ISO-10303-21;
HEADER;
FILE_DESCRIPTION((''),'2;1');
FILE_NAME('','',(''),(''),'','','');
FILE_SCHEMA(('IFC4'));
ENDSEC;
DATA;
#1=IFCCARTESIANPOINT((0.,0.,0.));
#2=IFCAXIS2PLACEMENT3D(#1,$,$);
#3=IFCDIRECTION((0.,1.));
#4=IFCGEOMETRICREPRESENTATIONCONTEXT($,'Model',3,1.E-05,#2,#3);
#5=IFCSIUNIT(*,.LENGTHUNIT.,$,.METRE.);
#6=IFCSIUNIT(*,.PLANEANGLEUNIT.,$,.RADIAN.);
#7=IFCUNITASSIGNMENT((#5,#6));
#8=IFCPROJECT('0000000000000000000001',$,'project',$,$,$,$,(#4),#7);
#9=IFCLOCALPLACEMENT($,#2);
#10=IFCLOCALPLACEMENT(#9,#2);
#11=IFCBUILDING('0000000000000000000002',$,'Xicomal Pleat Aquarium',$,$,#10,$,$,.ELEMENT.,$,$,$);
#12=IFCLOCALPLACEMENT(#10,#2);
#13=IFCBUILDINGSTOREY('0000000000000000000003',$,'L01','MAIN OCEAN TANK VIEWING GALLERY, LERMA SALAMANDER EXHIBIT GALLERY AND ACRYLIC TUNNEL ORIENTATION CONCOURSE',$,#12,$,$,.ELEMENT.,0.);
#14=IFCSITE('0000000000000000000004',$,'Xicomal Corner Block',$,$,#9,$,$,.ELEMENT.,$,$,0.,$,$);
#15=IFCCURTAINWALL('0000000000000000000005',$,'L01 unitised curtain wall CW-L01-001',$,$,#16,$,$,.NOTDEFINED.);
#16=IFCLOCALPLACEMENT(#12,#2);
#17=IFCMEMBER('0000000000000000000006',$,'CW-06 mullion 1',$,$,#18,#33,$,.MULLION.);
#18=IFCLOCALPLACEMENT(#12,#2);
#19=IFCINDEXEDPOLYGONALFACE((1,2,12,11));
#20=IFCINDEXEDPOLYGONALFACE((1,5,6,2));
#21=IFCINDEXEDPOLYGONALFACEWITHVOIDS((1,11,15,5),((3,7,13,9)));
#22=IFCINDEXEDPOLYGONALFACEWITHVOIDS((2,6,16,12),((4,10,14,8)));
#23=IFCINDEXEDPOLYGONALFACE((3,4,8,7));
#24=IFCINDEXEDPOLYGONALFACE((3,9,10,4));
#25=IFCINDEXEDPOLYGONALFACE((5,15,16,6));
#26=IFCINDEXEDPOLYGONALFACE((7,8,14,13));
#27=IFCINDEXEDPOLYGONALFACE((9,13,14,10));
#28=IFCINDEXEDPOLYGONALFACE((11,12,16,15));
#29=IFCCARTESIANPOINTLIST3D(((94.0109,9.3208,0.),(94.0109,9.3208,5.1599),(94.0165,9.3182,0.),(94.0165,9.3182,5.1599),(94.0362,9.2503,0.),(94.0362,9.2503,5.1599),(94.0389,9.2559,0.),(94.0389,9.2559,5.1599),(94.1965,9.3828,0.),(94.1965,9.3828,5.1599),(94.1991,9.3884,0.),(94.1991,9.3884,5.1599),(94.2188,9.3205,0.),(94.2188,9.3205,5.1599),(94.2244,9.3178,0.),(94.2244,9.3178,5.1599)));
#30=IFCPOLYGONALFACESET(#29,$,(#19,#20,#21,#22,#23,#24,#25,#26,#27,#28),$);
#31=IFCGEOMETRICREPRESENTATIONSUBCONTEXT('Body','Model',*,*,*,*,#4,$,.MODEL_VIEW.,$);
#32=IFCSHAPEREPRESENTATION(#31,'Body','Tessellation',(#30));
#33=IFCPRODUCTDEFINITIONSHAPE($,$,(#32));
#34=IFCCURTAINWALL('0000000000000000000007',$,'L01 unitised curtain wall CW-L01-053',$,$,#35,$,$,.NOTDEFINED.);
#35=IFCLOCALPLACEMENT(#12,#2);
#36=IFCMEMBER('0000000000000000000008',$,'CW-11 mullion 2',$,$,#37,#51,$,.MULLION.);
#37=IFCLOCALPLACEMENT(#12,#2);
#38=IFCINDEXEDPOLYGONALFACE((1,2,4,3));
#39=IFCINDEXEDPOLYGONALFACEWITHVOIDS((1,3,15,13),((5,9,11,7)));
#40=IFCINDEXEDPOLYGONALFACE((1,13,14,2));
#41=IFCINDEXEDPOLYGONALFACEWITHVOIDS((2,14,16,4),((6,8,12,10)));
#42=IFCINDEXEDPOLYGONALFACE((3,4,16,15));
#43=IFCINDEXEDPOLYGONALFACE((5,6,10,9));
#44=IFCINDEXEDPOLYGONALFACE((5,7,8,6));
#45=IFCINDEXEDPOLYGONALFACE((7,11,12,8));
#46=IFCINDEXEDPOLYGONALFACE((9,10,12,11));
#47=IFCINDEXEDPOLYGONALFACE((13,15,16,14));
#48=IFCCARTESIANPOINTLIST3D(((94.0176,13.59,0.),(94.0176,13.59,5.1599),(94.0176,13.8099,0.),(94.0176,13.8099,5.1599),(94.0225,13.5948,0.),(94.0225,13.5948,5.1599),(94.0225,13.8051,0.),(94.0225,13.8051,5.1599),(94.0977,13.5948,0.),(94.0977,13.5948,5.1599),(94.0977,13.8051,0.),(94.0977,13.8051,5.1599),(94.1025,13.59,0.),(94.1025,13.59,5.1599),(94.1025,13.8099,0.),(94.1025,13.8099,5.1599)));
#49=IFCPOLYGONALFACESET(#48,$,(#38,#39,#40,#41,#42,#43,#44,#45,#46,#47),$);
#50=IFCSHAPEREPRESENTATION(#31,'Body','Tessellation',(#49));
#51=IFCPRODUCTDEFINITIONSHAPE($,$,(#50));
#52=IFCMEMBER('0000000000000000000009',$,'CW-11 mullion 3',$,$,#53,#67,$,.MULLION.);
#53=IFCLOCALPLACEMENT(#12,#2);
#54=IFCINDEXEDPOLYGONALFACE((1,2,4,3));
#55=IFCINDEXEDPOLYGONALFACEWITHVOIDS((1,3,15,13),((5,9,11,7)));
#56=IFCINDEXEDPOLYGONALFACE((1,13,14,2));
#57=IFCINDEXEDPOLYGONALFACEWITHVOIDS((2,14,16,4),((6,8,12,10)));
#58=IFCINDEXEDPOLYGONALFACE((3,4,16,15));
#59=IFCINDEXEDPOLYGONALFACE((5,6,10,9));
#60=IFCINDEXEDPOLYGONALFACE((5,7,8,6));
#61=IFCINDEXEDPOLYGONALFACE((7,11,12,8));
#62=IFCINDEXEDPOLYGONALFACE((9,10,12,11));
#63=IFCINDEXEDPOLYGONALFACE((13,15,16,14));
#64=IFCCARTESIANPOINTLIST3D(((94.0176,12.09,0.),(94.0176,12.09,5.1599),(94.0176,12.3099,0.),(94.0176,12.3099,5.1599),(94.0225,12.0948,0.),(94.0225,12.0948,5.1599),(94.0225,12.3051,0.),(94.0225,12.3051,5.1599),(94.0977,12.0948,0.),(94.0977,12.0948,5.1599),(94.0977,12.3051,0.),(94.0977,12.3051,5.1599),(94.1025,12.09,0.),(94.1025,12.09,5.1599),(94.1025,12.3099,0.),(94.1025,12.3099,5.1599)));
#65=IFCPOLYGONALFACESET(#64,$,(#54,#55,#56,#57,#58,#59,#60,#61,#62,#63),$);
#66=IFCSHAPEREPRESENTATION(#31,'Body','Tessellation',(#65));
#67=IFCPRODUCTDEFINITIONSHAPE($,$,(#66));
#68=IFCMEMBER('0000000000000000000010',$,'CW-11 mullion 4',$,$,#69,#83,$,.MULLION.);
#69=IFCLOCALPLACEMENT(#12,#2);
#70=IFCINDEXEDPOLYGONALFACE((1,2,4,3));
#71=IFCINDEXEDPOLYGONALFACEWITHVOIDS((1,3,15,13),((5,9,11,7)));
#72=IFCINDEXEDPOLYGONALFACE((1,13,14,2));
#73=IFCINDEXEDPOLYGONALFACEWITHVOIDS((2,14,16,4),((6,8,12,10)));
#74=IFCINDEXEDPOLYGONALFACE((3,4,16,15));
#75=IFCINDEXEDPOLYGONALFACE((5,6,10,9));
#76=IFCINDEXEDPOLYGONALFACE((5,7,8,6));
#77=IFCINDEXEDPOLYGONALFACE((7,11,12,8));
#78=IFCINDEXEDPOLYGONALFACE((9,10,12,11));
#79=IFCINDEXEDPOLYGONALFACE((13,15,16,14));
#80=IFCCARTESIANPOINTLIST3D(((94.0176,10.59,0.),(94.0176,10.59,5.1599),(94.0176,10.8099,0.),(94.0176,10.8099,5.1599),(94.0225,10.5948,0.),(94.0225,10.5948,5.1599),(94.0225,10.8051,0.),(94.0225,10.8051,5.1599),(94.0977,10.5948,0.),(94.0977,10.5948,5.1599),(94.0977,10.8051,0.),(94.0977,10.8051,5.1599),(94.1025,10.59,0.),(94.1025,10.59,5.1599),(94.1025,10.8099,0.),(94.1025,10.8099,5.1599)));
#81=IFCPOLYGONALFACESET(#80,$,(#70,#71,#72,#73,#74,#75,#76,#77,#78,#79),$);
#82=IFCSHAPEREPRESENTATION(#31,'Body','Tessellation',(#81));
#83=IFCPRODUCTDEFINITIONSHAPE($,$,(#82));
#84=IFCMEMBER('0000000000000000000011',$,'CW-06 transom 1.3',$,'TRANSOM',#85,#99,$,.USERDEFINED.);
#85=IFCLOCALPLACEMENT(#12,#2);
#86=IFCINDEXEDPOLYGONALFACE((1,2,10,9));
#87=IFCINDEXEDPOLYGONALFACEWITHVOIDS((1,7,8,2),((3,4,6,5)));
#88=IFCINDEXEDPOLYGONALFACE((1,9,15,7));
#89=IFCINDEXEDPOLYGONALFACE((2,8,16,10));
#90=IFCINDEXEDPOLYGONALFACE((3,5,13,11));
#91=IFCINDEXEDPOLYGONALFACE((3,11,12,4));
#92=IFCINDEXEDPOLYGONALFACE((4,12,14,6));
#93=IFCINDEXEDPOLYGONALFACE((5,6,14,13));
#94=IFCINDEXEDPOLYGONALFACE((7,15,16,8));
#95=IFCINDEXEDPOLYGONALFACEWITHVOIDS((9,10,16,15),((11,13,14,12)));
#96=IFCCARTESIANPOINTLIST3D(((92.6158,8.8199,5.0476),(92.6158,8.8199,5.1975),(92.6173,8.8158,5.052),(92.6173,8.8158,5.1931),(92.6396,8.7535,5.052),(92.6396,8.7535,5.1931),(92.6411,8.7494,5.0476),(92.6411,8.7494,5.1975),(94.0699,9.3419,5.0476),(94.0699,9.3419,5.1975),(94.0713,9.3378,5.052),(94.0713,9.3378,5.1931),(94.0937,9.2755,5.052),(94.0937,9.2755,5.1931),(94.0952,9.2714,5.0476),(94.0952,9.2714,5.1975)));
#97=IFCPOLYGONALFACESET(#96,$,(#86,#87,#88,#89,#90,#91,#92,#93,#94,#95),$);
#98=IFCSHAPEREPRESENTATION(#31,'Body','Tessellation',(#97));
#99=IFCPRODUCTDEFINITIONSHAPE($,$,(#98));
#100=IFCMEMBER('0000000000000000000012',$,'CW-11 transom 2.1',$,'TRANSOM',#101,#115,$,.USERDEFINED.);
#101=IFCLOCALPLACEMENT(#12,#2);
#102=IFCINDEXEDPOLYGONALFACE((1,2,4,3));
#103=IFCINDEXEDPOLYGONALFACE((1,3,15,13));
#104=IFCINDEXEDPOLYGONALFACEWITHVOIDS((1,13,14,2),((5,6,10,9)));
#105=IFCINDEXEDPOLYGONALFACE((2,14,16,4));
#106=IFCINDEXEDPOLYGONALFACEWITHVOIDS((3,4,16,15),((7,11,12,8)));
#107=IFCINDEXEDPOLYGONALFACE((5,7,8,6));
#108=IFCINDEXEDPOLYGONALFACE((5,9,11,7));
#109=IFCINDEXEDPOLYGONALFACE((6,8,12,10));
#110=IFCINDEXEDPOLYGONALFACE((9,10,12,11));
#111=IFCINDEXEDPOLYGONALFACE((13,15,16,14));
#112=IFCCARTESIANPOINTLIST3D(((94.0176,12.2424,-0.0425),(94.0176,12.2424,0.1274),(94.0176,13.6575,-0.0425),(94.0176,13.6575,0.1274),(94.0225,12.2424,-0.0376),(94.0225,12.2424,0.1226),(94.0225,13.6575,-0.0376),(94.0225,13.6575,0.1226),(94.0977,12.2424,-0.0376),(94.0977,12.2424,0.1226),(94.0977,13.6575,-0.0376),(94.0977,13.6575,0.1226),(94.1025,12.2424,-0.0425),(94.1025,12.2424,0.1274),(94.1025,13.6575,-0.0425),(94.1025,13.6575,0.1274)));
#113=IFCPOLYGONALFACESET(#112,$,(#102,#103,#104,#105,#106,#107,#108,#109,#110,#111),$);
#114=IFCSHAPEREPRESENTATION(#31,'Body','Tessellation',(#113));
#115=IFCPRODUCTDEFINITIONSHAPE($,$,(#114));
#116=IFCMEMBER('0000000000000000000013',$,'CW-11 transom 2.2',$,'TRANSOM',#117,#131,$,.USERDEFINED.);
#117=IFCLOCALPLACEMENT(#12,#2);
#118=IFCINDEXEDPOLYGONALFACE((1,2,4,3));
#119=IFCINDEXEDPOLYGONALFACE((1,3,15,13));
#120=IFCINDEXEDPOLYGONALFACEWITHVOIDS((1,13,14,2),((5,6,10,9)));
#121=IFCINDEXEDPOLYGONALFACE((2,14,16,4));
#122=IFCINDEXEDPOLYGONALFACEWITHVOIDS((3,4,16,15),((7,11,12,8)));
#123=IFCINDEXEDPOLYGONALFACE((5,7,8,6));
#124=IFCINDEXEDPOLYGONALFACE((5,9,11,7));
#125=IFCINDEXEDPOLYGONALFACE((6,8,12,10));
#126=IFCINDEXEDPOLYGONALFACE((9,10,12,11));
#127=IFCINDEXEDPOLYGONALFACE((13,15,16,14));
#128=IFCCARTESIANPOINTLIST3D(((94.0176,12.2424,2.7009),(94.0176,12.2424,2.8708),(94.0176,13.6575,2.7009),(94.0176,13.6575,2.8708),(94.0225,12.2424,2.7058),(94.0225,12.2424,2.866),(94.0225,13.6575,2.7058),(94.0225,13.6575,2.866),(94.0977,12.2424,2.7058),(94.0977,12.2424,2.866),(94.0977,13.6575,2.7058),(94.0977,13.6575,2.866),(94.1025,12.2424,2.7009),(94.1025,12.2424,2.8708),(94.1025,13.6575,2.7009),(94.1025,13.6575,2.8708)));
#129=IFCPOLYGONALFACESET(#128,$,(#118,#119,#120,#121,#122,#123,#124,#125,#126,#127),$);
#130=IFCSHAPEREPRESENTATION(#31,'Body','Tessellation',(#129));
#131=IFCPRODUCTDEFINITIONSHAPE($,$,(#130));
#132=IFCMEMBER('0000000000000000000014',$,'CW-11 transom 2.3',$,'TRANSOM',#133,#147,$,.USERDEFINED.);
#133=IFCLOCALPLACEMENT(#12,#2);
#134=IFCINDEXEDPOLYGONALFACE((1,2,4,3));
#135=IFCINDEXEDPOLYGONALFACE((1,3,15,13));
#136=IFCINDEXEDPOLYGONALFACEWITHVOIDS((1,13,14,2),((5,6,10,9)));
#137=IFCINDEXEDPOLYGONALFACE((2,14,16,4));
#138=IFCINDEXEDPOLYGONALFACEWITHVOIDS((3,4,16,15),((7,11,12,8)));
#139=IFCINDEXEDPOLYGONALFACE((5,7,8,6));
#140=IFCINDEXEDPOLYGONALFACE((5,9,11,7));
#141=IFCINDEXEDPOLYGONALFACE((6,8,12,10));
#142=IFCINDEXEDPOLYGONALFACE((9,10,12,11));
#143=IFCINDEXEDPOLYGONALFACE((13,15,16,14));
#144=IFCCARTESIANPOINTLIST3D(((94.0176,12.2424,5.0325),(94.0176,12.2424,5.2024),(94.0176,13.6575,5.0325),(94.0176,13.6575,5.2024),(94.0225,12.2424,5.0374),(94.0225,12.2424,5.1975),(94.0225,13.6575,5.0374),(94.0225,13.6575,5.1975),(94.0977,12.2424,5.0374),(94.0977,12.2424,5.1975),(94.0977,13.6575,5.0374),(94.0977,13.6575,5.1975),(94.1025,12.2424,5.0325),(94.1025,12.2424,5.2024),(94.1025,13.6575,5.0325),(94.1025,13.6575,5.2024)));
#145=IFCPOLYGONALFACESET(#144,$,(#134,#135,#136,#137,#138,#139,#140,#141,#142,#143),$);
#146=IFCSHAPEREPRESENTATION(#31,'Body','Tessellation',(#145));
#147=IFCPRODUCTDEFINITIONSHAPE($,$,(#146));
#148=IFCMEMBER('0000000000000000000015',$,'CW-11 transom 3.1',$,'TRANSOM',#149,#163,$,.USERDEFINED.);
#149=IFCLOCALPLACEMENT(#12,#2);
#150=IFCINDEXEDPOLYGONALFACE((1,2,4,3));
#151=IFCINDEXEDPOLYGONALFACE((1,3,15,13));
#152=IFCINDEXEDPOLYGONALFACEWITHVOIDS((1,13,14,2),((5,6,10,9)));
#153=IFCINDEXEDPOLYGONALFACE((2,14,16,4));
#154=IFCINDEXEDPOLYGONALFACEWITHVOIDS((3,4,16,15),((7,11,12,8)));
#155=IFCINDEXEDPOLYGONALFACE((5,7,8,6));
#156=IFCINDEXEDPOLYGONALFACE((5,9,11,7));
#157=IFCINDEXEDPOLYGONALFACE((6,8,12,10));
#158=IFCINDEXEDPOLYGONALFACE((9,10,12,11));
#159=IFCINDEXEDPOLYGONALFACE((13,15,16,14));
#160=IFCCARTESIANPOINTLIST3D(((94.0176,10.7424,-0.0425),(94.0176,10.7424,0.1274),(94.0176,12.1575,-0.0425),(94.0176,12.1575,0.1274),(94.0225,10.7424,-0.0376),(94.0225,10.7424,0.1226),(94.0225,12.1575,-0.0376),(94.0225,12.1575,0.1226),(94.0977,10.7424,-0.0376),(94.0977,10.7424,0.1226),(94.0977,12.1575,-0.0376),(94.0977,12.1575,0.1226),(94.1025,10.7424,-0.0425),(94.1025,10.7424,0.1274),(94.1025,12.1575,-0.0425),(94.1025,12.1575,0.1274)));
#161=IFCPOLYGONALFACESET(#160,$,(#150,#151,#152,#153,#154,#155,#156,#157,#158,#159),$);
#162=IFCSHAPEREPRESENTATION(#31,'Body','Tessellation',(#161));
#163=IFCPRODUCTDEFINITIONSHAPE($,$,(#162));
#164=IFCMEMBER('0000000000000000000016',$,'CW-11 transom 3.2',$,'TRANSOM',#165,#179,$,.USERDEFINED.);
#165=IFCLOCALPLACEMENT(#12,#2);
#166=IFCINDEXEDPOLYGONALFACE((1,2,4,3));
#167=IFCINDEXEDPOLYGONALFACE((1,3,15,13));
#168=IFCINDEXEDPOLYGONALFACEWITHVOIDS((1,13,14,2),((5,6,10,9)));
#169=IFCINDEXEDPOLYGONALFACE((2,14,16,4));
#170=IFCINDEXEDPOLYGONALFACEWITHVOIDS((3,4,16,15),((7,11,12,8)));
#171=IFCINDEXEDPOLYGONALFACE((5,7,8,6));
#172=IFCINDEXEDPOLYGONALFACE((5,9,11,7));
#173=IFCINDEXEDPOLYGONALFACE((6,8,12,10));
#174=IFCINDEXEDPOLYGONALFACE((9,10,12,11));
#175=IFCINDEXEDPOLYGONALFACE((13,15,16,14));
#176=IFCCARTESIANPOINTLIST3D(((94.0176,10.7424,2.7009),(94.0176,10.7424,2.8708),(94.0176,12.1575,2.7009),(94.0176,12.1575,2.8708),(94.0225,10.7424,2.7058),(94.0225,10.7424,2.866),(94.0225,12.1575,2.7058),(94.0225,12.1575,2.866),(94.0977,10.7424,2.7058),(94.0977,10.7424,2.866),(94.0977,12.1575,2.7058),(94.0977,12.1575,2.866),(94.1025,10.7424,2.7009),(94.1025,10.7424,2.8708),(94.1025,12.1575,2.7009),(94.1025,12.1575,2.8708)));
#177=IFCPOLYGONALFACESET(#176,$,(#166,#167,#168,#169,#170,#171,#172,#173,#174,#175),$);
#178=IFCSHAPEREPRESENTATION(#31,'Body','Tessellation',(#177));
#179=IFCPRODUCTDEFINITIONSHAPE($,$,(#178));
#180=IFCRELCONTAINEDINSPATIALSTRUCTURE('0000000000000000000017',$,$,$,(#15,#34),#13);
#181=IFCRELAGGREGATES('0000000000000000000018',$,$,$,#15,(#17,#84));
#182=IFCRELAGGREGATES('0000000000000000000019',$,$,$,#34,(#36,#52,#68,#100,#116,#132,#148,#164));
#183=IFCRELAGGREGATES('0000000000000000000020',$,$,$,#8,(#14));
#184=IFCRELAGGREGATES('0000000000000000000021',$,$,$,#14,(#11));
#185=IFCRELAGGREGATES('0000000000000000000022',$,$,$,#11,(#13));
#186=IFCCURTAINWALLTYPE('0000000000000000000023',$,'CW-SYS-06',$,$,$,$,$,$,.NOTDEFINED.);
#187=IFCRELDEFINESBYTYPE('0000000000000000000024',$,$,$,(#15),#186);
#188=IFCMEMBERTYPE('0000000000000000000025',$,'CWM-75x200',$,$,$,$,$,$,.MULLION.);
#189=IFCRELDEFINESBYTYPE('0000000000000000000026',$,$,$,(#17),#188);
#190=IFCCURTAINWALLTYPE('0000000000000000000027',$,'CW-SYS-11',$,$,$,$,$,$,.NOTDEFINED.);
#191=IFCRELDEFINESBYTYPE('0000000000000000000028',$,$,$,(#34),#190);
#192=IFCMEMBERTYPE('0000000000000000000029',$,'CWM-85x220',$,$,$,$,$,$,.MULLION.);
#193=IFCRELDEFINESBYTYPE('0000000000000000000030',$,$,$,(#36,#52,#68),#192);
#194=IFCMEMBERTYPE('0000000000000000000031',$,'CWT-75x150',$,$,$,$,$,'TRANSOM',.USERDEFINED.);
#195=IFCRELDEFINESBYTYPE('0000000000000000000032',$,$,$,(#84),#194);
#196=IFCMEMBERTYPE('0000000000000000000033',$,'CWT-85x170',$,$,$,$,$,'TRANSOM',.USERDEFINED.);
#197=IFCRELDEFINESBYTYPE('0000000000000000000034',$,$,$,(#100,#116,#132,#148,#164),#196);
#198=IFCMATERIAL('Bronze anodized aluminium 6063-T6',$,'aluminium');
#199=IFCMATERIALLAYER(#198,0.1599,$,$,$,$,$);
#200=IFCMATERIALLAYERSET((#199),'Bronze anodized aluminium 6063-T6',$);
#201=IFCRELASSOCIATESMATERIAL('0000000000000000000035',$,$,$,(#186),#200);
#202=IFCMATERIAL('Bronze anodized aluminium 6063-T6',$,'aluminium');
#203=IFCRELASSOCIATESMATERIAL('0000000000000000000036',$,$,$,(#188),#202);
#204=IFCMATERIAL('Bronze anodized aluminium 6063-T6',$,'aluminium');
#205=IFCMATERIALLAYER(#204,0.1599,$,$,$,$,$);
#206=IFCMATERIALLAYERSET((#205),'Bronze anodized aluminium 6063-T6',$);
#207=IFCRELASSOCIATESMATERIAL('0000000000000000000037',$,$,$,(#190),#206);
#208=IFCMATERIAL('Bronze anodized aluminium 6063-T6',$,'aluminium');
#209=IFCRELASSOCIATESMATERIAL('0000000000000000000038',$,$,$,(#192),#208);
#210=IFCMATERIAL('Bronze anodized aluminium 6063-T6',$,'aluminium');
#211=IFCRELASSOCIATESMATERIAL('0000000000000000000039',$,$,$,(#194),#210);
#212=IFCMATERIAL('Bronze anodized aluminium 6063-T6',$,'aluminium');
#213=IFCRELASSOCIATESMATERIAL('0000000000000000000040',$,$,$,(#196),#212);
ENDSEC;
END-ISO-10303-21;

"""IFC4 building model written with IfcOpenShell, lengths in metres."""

from ifc_helpers import new_model, si_unit, direction, frame, origin, origin_2d, place, context, subcontext, project, spatial, hollow_rectangle, extrude, material, layer, layer_set, material_profile, profile_set, type_object, element, aggregate, save


model = new_model("IFC4")

# Units and contexts
model_context = context("Model", 3, precision=1e-05, world=origin(), true_north=direction((0.0, 1.0)))
body_context = subcontext(model_context, "Body", "Model", "MODEL_VIEW")
ifc_project = project(units=[si_unit("LENGTHUNIT", "METRE"), si_unit("PLANEANGLEUNIT", "RADIAN")], contexts=[model_context])

# Site, building, storey
site_placement = place(None, origin())
site = spatial("IfcSite", under=ifc_project, at=site_placement, Name="Xicomal Corner Block", CompositionType="ELEMENT", RefElevation=0.0)
building_placement = place(site_placement, origin())
building = spatial("IfcBuilding", under=site, at=building_placement, Name="Xicomal Pleat Aquarium", CompositionType="ELEMENT")
storey_placement = place(building_placement, origin())
storey = spatial("IfcBuildingStorey", under=building, at=storey_placement, Name="L01", Description="MAIN OCEAN TANK VIEWING GALLERY, LERMA SALAMANDER EXHIBIT GALLERY AND ACRYLIC TUNNEL ORIENTATION CONCOURSE", CompositionType="ELEMENT", Elevation=0.0)

# Curtain wall, member
ifc_material_1 = material(Name="Bronze anodized aluminium 6063-T6", Category="aluminium")
ifc_layer_1 = layer(ifc_material_1, 0.1599)
ifc_layer_set_1 = layer_set([ifc_layer_1], Name="Bronze anodized aluminium 6063-T6")
curtain_wall_type_1 = type_object("IfcCurtainWallType", Name="CW-SYS-06", PredefinedType="NOTDEFINED", material=ifc_layer_set_1)
curtain_wall_1_placement = place(storey_placement, origin())
curtain_wall_1 = element("IfcCurtainWall", 1, at=curtain_wall_1_placement, inside=storey, type_object=curtain_wall_type_1, Name="L01 unitised curtain wall CW-L01-001", PredefinedType="NOTDEFINED")
ifc_material_2 = material(Name="Bronze anodized aluminium 6063-T6", Category="aluminium")
ifc_material_profile_1 = material_profile(ifc_material_2, hollow_rectangle(XDim=0.075, YDim=0.2, WallThickness=0.0044, at=origin_2d()), Name="ALU MULL 75x200")
ifc_profile_set_1 = profile_set([ifc_material_profile_1], Name="Bronze anodized aluminium 6063-T6")
member_type_1 = type_object("IfcMemberType", Name="CWM-75x200", PredefinedType="MULLION", material=ifc_profile_set_1)
member_1_placement = place(storey_placement, frame((94.1177, 9.3193, 0.0), z_axis=(0.0, 0.0, 1.0), x_axis=(0.337865, -0.941195, 0.0)))
member_1 = element("IfcMember", 2, at=member_1_placement, type_object=member_type_1, Name="CW-06 mullion 1", PredefinedType="MULLION", context=body_context, shape_type="SweptSolid", body=[
    extrude(hollow_rectangle(XDim=0.075, YDim=0.2, WallThickness=0.0044, at=origin_2d()), origin(), (0.0, 0.0, 1.0), 5.1599),
])

# Curtain wall, members
ifc_material_3 = material(Name="Bronze anodized aluminium 6063-T6", Category="aluminium")
ifc_layer_2 = layer(ifc_material_3, 0.1599)
ifc_layer_set_2 = layer_set([ifc_layer_2], Name="Bronze anodized aluminium 6063-T6")
curtain_wall_type_2 = type_object("IfcCurtainWallType", Name="CW-SYS-11", PredefinedType="NOTDEFINED", material=ifc_layer_set_2)
curtain_wall_2_placement = place(storey_placement, origin())
curtain_wall_2 = element("IfcCurtainWall", 3, at=curtain_wall_2_placement, inside=storey, type_object=curtain_wall_type_2, Name="L01 unitised curtain wall CW-L01-053", PredefinedType="NOTDEFINED")
ifc_material_4 = material(Name="Bronze anodized aluminium 6063-T6", Category="aluminium")
ifc_material_profile_2 = material_profile(ifc_material_4, hollow_rectangle(XDim=0.085, YDim=0.22, WallThickness=0.0049, at=origin_2d()), Name="ALU MULL 85x220")
ifc_profile_set_2 = profile_set([ifc_material_profile_2], Name="Bronze anodized aluminium 6063-T6")
member_type_2 = type_object("IfcMemberType", Name="CWM-85x220", PredefinedType="MULLION", material=ifc_profile_set_2)
member_2_placement = place(storey_placement, frame((94.0601, 13.7, 0.0), z_axis=(0.0, 0.0, 1.0), x_axis=(1.0, 0.0, 0.0)))
member_2 = element("IfcMember", 4, at=member_2_placement, type_object=member_type_2, Name="CW-11 mullion 2", PredefinedType="MULLION", context=body_context, shape_type="SweptSolid", body=[
    extrude(hollow_rectangle(XDim=0.085, YDim=0.22, WallThickness=0.0049, at=origin_2d()), origin(), (0.0, 0.0, 1.0), 5.1599),
])
member_3_placement = place(storey_placement, frame((94.0601, 12.2, 0.0), z_axis=(0.0, 0.0, 1.0), x_axis=(1.0, 0.0, 0.0)))
member_3 = element("IfcMember", 5, at=member_3_placement, type_object=member_type_2, Name="CW-11 mullion 3", PredefinedType="MULLION", context=body_context, shape_type="SweptSolid", body=[
    extrude(hollow_rectangle(XDim=0.085, YDim=0.22, WallThickness=0.0049, at=origin_2d()), origin(), (0.0, 0.0, 1.0), 5.1599),
])
member_4_placement = place(storey_placement, frame((94.0601, 10.7, 0.0), z_axis=(0.0, 0.0, 1.0), x_axis=(1.0, 0.0, 0.0)))
member_4 = element("IfcMember", 6, at=member_4_placement, type_object=member_type_2, Name="CW-11 mullion 4", PredefinedType="MULLION", context=body_context, shape_type="SweptSolid", body=[
    extrude(hollow_rectangle(XDim=0.085, YDim=0.22, WallThickness=0.0049, at=origin_2d()), origin(), (0.0, 0.0, 1.0), 5.1599),
])

# Members
ifc_material_5 = material(Name="Bronze anodized aluminium 6063-T6", Category="aluminium")
ifc_material_profile_3 = material_profile(ifc_material_5, hollow_rectangle(XDim=0.075, YDim=0.1499, WallThickness=0.0044, at=origin_2d()), Name="ALU TRAN 75x150")
ifc_profile_set_3 = profile_set([ifc_material_profile_3], Name="Bronze anodized aluminium 6063-T6")
member_type_3 = type_object("IfcMemberType", Name="CWT-75x150", ElementType="TRANSOM", PredefinedType="USERDEFINED", material=ifc_profile_set_3)
member_5_placement = place(storey_placement, frame((94.0825, 9.3066, 5.1226), z_axis=(-0.941197, -0.337858, 0.0), x_axis=(0.337858, -0.941197, 0.0)))
member_5 = element("IfcMember", 7, at=member_5_placement, type_object=member_type_3, Name="CW-06 transom 1.3", ObjectType="TRANSOM", PredefinedType="USERDEFINED", context=body_context, shape_type="SweptSolid", body=[
    extrude(hollow_rectangle(XDim=0.075, YDim=0.1499, WallThickness=0.0044, at=origin_2d()), origin(), (0.0, 0.0, 1.0), 1.5449),
])
aggregate(curtain_wall_1, [member_1, member_5])
ifc_material_6 = material(Name="Bronze anodized aluminium 6063-T6", Category="aluminium")
ifc_material_profile_4 = material_profile(ifc_material_6, hollow_rectangle(XDim=0.085, YDim=0.1699, WallThickness=0.0049, at=origin_2d()), Name="ALU TRAN 85x170")
ifc_profile_set_4 = profile_set([ifc_material_profile_4], Name="Bronze anodized aluminium 6063-T6")
member_type_4 = type_object("IfcMemberType", Name="CWT-85x170", ElementType="TRANSOM", PredefinedType="USERDEFINED", material=ifc_profile_set_4)
member_6_placement = place(storey_placement, frame((94.0601, 13.6575, 0.0425), z_axis=(0.0, -1.0, 0.0), x_axis=(1.0, 0.0, 0.0)))
member_6 = element("IfcMember", 8, at=member_6_placement, type_object=member_type_4, Name="CW-11 transom 2.1", ObjectType="TRANSOM", PredefinedType="USERDEFINED", context=body_context, shape_type="SweptSolid", body=[
    extrude(hollow_rectangle(XDim=0.085, YDim=0.1699, WallThickness=0.0049, at=origin_2d()), origin(), (0.0, 0.0, 1.0), 1.415),
])
member_7_placement = place(storey_placement, frame((94.0601, 13.6575, 2.7859), z_axis=(0.0, -1.0, 0.0), x_axis=(1.0, 0.0, 0.0)))
member_7 = element("IfcMember", 9, at=member_7_placement, type_object=member_type_4, Name="CW-11 transom 2.2", ObjectType="TRANSOM", PredefinedType="USERDEFINED", context=body_context, shape_type="SweptSolid", body=[
    extrude(hollow_rectangle(XDim=0.085, YDim=0.1699, WallThickness=0.0049, at=origin_2d()), origin(), (0.0, 0.0, 1.0), 1.415),
])
member_8_placement = place(storey_placement, frame((94.0601, 13.6575, 5.1174), z_axis=(0.0, -1.0, 0.0), x_axis=(1.0, 0.0, 0.0)))
member_8 = element("IfcMember", 10, at=member_8_placement, type_object=member_type_4, Name="CW-11 transom 2.3", ObjectType="TRANSOM", PredefinedType="USERDEFINED", context=body_context, shape_type="SweptSolid", body=[
    extrude(hollow_rectangle(XDim=0.085, YDim=0.1699, WallThickness=0.0049, at=origin_2d()), origin(), (0.0, 0.0, 1.0), 1.415),
])
member_9_placement = place(storey_placement, frame((94.0601, 12.1575, 0.0425), z_axis=(0.0, -1.0, 0.0), x_axis=(1.0, 0.0, 0.0)))
member_9 = element("IfcMember", 11, at=member_9_placement, type_object=member_type_4, Name="CW-11 transom 3.1", ObjectType="TRANSOM", PredefinedType="USERDEFINED", context=body_context, shape_type="SweptSolid", body=[
    extrude(hollow_rectangle(XDim=0.085, YDim=0.1699, WallThickness=0.0049, at=origin_2d()), origin(), (0.0, 0.0, 1.0), 1.415),
])
member_10_placement = place(storey_placement, frame((94.0601, 12.1575, 2.7859), z_axis=(0.0, -1.0, 0.0), x_axis=(1.0, 0.0, 0.0)))
member_10 = element("IfcMember", 12, at=member_10_placement, type_object=member_type_4, Name="CW-11 transom 3.2", ObjectType="TRANSOM", PredefinedType="USERDEFINED", context=body_context, shape_type="SweptSolid", body=[
    extrude(hollow_rectangle(XDim=0.085, YDim=0.1699, WallThickness=0.0049, at=origin_2d()), origin(), (0.0, 0.0, 1.0), 1.415),
])

aggregate(curtain_wall_2, [member_2, member_3, member_4, member_6, member_7, member_8, member_9, member_10])

save(model, "model.ifc")
